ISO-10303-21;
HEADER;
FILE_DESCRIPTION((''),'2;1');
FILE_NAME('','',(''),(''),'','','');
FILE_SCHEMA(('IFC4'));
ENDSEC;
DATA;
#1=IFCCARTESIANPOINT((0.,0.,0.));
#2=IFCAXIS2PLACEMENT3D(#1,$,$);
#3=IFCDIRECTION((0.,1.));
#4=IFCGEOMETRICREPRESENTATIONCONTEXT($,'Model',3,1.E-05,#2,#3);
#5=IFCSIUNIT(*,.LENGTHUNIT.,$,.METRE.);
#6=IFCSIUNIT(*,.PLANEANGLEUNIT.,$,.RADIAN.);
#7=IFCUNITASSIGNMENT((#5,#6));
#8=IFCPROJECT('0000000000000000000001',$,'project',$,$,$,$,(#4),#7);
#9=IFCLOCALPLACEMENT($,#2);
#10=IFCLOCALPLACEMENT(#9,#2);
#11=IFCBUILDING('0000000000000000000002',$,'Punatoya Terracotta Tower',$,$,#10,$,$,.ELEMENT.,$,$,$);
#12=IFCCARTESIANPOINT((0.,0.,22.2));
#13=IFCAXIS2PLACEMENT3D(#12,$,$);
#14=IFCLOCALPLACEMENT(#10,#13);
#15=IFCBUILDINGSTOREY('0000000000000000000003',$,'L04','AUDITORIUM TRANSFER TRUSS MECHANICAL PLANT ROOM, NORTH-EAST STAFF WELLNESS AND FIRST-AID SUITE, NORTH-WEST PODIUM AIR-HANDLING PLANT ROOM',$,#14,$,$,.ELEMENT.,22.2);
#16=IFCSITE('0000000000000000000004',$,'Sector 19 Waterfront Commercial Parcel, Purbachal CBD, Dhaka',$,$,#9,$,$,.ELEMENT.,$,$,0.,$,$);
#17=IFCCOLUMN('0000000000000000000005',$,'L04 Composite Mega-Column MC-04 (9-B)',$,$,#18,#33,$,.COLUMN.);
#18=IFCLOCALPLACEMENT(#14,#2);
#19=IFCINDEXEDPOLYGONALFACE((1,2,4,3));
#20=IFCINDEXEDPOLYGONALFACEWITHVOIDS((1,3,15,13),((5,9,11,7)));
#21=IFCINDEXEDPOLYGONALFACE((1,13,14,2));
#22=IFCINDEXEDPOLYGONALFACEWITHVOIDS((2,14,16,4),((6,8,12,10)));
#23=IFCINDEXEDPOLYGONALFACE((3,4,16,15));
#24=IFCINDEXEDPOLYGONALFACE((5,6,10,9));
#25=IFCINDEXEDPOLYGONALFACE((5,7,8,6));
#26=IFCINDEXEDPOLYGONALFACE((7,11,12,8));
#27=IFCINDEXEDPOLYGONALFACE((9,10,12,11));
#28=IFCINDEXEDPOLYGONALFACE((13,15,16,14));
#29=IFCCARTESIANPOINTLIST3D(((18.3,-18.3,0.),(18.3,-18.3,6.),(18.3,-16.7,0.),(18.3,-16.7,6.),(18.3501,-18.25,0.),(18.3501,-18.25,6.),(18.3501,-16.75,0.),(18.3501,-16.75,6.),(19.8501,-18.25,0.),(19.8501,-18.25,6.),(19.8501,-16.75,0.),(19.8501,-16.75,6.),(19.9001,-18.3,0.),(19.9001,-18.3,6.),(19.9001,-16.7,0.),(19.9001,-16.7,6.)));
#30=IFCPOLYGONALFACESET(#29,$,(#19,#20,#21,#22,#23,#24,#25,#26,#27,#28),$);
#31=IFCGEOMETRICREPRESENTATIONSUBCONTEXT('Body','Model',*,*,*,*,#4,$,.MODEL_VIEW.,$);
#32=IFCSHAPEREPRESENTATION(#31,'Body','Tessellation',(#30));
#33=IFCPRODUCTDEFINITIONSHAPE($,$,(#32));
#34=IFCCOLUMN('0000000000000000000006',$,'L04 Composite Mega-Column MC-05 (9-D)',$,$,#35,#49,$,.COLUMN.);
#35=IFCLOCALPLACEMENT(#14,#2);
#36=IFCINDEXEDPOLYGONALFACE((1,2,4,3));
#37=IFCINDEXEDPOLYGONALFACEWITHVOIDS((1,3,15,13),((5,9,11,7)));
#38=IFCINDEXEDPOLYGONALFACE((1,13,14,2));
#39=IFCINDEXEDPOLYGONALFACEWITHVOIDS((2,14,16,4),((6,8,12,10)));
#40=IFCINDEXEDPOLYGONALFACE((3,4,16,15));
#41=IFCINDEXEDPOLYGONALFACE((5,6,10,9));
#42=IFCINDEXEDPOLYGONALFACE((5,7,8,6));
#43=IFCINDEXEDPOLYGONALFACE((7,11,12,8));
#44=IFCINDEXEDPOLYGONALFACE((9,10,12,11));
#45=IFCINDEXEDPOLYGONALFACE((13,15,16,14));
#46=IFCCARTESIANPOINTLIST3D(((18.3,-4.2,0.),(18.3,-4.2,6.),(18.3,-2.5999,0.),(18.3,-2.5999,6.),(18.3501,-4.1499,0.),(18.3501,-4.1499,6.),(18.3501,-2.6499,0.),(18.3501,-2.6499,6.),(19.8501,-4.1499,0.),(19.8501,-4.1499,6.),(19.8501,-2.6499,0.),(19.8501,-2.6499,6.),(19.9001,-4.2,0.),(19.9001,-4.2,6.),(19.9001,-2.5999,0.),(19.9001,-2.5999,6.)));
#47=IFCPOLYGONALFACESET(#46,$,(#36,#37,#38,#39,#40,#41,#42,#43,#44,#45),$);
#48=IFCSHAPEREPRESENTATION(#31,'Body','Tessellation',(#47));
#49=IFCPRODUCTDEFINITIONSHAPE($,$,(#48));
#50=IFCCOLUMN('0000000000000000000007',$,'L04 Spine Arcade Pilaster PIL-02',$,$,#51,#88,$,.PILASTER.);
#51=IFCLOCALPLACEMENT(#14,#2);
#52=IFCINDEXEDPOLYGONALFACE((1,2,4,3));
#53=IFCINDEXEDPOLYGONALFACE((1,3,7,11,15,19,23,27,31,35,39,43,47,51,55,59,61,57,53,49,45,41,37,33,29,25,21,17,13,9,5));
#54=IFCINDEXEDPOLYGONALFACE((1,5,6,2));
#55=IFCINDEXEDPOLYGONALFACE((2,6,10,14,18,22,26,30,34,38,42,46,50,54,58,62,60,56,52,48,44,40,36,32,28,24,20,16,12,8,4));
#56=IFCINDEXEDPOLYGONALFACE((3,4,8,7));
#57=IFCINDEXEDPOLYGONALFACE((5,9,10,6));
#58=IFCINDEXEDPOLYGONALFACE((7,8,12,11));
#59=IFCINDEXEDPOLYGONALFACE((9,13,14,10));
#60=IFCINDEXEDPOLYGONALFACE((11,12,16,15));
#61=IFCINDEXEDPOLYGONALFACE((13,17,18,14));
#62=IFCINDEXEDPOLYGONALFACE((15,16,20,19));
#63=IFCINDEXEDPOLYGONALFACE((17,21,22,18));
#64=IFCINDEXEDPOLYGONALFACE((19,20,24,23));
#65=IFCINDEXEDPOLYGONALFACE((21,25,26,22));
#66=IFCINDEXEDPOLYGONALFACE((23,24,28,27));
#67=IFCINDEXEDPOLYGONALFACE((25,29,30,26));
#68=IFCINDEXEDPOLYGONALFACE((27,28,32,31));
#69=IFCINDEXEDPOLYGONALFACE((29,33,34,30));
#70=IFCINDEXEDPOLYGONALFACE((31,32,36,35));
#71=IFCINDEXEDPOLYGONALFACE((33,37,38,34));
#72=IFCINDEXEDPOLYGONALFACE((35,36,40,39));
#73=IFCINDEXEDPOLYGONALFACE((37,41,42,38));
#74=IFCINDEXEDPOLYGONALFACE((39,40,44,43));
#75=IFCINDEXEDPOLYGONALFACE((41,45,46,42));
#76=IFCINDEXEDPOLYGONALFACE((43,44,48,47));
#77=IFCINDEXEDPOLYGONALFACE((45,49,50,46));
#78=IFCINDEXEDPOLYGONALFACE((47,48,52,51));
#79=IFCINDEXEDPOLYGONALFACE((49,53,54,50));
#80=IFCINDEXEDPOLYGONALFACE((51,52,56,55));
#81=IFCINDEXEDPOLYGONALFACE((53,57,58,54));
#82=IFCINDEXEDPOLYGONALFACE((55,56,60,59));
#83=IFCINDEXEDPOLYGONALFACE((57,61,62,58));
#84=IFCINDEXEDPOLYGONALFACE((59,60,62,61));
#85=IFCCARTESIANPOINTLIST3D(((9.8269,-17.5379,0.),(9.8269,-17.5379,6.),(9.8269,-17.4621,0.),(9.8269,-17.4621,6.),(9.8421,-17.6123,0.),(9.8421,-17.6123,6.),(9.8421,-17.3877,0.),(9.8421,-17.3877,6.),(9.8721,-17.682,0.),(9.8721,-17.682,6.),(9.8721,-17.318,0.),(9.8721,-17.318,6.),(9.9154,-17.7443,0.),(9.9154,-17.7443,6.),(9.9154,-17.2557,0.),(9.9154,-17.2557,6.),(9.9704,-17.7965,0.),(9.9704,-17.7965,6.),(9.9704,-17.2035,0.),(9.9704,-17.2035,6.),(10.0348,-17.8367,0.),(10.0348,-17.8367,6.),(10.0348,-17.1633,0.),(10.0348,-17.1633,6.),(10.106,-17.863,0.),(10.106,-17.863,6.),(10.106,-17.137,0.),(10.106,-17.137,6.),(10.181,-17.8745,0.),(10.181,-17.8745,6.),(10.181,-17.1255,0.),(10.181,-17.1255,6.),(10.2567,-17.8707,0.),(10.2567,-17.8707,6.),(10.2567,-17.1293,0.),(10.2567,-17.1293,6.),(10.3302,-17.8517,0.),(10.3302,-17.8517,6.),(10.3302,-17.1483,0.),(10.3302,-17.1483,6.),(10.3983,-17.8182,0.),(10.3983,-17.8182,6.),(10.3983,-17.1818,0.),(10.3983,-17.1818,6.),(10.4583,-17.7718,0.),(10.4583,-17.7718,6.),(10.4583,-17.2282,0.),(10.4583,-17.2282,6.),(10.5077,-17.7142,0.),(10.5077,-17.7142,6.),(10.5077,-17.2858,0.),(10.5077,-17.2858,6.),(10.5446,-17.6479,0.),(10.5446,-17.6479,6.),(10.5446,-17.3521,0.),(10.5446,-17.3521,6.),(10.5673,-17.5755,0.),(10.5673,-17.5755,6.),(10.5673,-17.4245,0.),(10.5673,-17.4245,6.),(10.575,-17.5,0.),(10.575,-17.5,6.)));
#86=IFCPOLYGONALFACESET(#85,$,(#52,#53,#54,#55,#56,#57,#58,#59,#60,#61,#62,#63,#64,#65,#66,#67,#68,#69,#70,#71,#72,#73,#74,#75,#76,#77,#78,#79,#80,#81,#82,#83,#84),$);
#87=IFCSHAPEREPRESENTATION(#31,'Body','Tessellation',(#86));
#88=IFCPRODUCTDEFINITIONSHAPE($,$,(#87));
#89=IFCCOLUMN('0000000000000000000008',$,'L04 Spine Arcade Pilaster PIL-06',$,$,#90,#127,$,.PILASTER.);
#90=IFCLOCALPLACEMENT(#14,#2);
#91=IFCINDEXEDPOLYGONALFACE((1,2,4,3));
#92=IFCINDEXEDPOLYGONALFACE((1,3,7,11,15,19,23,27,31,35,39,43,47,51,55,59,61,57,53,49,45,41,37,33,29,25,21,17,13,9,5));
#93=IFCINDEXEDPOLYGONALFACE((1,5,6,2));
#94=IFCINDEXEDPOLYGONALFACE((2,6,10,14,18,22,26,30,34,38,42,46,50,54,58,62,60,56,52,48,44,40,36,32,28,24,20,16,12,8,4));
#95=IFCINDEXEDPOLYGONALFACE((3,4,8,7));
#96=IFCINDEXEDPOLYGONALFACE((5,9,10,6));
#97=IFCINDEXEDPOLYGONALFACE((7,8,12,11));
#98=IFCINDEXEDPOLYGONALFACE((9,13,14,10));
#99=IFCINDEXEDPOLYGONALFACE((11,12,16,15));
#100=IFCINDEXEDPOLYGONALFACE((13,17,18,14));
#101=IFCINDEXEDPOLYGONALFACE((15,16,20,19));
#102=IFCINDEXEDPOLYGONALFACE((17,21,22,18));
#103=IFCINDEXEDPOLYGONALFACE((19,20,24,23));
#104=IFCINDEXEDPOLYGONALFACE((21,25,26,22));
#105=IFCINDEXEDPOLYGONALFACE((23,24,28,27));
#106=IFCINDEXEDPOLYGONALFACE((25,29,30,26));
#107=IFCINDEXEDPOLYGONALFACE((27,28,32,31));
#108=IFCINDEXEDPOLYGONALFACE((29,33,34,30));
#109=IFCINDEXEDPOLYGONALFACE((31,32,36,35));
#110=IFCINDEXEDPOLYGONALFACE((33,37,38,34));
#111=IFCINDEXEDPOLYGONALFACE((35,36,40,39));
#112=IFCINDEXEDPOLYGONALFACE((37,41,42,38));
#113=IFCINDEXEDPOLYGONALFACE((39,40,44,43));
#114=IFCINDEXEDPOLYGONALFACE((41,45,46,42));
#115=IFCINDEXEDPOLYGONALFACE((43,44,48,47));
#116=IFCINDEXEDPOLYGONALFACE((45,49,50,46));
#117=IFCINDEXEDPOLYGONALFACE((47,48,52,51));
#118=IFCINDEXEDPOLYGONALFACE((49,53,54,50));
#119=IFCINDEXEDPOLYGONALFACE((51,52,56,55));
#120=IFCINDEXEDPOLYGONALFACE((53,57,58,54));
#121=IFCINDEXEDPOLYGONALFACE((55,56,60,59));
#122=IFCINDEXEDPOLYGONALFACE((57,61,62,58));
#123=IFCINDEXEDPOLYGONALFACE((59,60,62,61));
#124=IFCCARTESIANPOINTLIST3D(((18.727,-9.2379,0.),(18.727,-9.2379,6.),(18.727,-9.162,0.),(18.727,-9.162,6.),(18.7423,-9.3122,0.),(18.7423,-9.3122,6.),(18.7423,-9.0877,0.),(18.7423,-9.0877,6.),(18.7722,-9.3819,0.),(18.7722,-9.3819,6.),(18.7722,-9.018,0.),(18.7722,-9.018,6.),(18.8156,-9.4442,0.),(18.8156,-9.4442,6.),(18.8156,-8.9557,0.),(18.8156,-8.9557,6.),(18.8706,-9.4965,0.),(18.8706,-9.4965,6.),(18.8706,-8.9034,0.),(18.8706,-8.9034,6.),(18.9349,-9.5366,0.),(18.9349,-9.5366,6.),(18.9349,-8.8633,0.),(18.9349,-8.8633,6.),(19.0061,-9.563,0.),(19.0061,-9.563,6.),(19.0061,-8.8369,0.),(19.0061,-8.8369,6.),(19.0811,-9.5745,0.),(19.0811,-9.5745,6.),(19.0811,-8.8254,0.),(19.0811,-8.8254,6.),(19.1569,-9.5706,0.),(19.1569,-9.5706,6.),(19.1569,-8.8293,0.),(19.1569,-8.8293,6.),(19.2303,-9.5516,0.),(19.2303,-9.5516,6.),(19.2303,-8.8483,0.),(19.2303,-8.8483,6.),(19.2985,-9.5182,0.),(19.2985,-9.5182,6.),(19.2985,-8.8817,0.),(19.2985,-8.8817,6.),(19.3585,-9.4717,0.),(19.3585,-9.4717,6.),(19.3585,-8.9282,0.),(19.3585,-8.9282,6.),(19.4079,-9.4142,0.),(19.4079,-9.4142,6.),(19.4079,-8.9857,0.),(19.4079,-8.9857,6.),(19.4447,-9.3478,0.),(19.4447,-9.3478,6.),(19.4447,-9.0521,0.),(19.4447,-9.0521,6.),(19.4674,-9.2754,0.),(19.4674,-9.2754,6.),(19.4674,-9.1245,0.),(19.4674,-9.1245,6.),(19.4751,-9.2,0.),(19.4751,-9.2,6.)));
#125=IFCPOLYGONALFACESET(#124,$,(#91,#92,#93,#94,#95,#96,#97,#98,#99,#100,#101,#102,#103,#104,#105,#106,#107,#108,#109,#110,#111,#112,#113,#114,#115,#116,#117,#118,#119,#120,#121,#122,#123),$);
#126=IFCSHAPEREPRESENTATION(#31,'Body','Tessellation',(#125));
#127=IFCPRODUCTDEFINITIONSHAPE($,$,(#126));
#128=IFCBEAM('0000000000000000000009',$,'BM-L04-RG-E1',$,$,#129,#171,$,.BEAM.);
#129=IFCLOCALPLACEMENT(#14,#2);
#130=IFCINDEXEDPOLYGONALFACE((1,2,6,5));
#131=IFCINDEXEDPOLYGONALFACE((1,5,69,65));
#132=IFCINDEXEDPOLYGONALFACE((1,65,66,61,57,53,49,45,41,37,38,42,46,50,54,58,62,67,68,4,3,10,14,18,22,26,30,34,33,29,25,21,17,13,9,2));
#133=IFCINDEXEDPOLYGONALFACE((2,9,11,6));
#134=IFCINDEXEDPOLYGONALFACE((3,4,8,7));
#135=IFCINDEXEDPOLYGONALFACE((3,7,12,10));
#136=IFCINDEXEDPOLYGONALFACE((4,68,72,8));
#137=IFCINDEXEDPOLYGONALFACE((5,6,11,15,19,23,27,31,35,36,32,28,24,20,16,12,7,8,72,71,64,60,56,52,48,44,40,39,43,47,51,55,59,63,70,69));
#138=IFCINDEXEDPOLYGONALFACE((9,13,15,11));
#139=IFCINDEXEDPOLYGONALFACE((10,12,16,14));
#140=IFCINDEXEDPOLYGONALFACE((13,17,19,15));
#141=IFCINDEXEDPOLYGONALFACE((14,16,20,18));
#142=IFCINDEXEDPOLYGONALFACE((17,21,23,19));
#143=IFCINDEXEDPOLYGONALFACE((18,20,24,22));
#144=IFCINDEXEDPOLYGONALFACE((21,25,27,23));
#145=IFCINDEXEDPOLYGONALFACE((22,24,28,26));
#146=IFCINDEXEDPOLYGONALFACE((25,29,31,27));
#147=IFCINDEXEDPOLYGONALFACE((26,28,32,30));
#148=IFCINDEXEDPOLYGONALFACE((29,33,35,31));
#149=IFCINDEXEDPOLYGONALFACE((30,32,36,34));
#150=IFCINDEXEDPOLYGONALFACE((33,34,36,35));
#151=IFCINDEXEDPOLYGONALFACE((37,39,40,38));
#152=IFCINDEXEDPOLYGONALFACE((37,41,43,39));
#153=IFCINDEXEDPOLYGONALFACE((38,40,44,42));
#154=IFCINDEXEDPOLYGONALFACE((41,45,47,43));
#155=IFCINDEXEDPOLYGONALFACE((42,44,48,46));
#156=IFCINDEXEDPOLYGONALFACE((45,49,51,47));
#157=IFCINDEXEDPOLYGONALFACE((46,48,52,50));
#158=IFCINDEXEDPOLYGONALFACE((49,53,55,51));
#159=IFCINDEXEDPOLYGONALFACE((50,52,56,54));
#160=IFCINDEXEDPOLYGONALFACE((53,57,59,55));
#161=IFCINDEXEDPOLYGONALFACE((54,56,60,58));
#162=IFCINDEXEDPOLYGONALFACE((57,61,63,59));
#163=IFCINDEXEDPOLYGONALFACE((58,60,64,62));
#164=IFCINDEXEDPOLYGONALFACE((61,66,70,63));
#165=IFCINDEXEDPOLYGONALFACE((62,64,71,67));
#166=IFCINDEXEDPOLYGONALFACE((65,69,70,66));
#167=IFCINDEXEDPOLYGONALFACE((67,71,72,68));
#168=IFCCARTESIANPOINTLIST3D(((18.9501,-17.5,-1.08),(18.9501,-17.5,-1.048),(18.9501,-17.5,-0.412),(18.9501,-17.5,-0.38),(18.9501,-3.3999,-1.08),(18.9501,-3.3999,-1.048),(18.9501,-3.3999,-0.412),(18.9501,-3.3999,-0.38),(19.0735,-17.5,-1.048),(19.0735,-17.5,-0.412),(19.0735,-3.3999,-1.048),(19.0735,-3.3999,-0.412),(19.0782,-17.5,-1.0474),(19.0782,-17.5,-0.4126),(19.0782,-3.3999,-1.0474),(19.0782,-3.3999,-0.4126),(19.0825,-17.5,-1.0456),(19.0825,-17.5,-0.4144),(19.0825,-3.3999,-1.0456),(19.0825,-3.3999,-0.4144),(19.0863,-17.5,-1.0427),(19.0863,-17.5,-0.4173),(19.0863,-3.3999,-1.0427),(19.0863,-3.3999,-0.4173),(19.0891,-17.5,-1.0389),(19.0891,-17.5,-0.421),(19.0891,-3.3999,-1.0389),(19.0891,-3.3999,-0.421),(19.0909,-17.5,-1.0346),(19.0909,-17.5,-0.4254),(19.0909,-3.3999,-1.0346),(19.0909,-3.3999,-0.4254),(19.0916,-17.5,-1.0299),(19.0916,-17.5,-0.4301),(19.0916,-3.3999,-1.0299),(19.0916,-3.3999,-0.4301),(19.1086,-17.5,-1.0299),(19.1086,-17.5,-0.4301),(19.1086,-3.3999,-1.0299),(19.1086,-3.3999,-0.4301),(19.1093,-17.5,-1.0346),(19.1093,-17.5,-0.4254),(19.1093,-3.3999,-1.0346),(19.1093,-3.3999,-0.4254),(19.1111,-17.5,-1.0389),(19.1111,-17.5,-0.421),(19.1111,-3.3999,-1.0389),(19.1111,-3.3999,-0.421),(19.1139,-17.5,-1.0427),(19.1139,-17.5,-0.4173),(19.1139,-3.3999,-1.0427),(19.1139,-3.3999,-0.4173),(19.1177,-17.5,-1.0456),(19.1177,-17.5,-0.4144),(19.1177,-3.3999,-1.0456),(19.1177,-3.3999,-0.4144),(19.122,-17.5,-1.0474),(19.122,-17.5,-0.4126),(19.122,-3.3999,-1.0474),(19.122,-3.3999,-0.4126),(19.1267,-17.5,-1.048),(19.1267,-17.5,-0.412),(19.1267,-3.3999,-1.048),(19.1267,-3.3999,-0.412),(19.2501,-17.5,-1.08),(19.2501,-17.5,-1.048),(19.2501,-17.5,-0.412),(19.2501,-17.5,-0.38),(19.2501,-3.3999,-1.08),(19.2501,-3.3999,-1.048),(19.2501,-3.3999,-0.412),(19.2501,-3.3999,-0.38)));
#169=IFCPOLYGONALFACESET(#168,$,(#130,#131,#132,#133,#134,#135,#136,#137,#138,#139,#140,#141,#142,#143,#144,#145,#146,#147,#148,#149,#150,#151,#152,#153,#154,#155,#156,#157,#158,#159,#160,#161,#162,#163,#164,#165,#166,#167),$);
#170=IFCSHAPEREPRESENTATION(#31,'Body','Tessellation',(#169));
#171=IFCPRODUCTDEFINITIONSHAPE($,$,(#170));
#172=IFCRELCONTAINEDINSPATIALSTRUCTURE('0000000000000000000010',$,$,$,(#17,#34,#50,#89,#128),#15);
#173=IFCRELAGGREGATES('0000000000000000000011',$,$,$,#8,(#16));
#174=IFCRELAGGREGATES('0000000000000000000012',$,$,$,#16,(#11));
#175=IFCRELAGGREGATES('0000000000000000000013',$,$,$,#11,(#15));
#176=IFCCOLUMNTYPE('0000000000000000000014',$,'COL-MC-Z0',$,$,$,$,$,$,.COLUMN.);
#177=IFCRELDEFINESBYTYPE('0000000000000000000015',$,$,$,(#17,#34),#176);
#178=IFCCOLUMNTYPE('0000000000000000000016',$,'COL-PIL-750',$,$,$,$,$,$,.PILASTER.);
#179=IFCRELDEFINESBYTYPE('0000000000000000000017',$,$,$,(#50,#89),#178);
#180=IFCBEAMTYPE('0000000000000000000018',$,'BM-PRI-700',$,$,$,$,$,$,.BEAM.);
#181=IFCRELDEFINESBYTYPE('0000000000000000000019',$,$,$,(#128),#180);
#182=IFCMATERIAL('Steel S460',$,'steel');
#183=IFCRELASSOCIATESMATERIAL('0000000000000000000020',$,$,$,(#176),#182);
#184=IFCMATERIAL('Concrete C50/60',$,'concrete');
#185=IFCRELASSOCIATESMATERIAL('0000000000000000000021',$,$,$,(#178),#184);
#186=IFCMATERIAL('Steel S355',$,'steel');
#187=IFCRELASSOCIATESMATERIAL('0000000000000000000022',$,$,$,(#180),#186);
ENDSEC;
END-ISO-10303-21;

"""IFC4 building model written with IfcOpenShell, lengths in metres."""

from ifc_helpers import new_model, si_unit, direction, frame, origin, origin_2d, place, context, subcontext, project, spatial, hollow_rectangle, circle, i_section, extrude, material, material_profile, profile_set, type_object, element, save


model = new_model("IFC4")

# Units and contexts
model_context = context("Model", 3, precision=1e-05, world=origin(), true_north=direction((0.0, 1.0)))
body_context = subcontext(model_context, "Body", "Model", "MODEL_VIEW")
ifc_project = project(units=[si_unit("LENGTHUNIT", "METRE"), si_unit("PLANEANGLEUNIT", "RADIAN")], contexts=[model_context])

# Site, building, storey
site_placement = place(None, origin())
site = spatial("IfcSite", under=ifc_project, at=site_placement, Name="Sector 19 Waterfront Commercial Parcel, Purbachal CBD, Dhaka", CompositionType="ELEMENT", RefElevation=0.0)
building_placement = place(site_placement, origin())
building = spatial("IfcBuilding", under=site, at=building_placement, Name="Punatoya Terracotta Tower", CompositionType="ELEMENT")
storey_placement = place(building_placement, frame((0.0, 0.0, 22.2)))
storey = spatial("IfcBuildingStorey", under=building, at=storey_placement, Name="L04", Description="AUDITORIUM TRANSFER TRUSS MECHANICAL PLANT ROOM, NORTH-EAST STAFF WELLNESS AND FIRST-AID SUITE, NORTH-WEST PODIUM AIR-HANDLING PLANT ROOM", CompositionType="ELEMENT", Elevation=22.2)

# Columns
ifc_material_1 = material(Name="Steel S460", Category="steel")
ifc_material_profile_1 = material_profile(ifc_material_1, hollow_rectangle(XDim=1.6001, YDim=1.6001, WallThickness=0.05, at=origin_2d()))
ifc_profile_set_1 = profile_set([ifc_material_profile_1], Name="Steel S460")
column_type_1 = type_object("IfcColumnType", Name="COL-MC-Z0", PredefinedType="COLUMN", material=ifc_profile_set_1)
for number, where, z_axis, x_axis, name in (
    (1, (19.1001, -17.5, 0.0), (0.0, 0.0, 1.0), (1.0, 0.0, 0.0), "L04 Composite Mega-Column MC-04 (9-B)"),
    (2, (19.1001, -3.3999, 0.0), (0.0, 0.0, 1.0), (1.0, 0.0, 0.0), "L04 Composite Mega-Column MC-05 (9-D)"),
):
    element("IfcColumn", number, at=place(storey_placement, frame(where, z_axis=z_axis, x_axis=x_axis)), inside=storey, type_object=column_type_1, Name=name, PredefinedType="COLUMN", context=body_context, shape_type="SweptSolid", body=[
        extrude(hollow_rectangle(XDim=1.6001, YDim=1.6001, WallThickness=0.05, at=origin_2d()), origin(), (0.0, 0.0, 1.0), 6.0),
    ])
ifc_material_2 = material(Name="Concrete C50/60", Category="concrete")
ifc_material_profile_2 = material_profile(ifc_material_2, circle(Radius=0.375, at=origin_2d()))
ifc_profile_set_2 = profile_set([ifc_material_profile_2], Name="Concrete C50/60")
column_type_2 = type_object("IfcColumnType", Name="COL-PIL-750", PredefinedType="PILASTER", material=ifc_profile_set_2)
for number, where, z_axis, x_axis, name in (
    (3, (10.2, -17.5, 0.0), (0.0, 0.0, 1.0), (1.0, 0.0, 0.0), "L04 Spine Arcade Pilaster PIL-02"),
    (4, (19.1001, -9.2, 0.0), (0.0, 0.0, 1.0), (1.0, 0.0, 0.0), "L04 Spine Arcade Pilaster PIL-06"),
):
    element("IfcColumn", number, at=place(storey_placement, frame(where, z_axis=z_axis, x_axis=x_axis)), inside=storey, type_object=column_type_2, Name=name, PredefinedType="PILASTER", context=body_context, shape_type="SweptSolid", body=[
        extrude(circle(Radius=0.375, at=origin_2d()), origin(), (0.0, 0.0, 1.0), 6.0),
    ])

# Beam
ifc_material_3 = material(Name="Steel S355", Category="steel")
ifc_material_profile_3 = material_profile(ifc_material_3, i_section(OverallWidth=0.3, OverallDepth=0.7, WebThickness=0.0171, FlangeThickness=0.032, FilletRadius=0.0181, at=origin_2d()))
ifc_profile_set_3 = profile_set([ifc_material_profile_3], Name="Steel S355")
beam_type_1 = type_object("IfcBeamType", Name="BM-PRI-700", PredefinedType="BEAM", material=ifc_profile_set_3)
beam_1_placement = place(storey_placement, frame((19.1001, -17.5, -0.73), z_axis=(0.0, 1.0, 0.0), x_axis=(-1.0, 0.0, 0.0)))
element("IfcBeam", 5, at=beam_1_placement, inside=storey, type_object=beam_type_1, Name="BM-L04-RG-E1", PredefinedType="BEAM", context=body_context, shape_type="SweptSolid", body=[
    extrude(i_section(OverallWidth=0.3, OverallDepth=0.7, WebThickness=0.0171, FlangeThickness=0.032, FilletRadius=0.0181, at=origin_2d()), origin(), (0.0, 0.0, 1.0), 14.1001),
])

save(model, "model.ifc")
